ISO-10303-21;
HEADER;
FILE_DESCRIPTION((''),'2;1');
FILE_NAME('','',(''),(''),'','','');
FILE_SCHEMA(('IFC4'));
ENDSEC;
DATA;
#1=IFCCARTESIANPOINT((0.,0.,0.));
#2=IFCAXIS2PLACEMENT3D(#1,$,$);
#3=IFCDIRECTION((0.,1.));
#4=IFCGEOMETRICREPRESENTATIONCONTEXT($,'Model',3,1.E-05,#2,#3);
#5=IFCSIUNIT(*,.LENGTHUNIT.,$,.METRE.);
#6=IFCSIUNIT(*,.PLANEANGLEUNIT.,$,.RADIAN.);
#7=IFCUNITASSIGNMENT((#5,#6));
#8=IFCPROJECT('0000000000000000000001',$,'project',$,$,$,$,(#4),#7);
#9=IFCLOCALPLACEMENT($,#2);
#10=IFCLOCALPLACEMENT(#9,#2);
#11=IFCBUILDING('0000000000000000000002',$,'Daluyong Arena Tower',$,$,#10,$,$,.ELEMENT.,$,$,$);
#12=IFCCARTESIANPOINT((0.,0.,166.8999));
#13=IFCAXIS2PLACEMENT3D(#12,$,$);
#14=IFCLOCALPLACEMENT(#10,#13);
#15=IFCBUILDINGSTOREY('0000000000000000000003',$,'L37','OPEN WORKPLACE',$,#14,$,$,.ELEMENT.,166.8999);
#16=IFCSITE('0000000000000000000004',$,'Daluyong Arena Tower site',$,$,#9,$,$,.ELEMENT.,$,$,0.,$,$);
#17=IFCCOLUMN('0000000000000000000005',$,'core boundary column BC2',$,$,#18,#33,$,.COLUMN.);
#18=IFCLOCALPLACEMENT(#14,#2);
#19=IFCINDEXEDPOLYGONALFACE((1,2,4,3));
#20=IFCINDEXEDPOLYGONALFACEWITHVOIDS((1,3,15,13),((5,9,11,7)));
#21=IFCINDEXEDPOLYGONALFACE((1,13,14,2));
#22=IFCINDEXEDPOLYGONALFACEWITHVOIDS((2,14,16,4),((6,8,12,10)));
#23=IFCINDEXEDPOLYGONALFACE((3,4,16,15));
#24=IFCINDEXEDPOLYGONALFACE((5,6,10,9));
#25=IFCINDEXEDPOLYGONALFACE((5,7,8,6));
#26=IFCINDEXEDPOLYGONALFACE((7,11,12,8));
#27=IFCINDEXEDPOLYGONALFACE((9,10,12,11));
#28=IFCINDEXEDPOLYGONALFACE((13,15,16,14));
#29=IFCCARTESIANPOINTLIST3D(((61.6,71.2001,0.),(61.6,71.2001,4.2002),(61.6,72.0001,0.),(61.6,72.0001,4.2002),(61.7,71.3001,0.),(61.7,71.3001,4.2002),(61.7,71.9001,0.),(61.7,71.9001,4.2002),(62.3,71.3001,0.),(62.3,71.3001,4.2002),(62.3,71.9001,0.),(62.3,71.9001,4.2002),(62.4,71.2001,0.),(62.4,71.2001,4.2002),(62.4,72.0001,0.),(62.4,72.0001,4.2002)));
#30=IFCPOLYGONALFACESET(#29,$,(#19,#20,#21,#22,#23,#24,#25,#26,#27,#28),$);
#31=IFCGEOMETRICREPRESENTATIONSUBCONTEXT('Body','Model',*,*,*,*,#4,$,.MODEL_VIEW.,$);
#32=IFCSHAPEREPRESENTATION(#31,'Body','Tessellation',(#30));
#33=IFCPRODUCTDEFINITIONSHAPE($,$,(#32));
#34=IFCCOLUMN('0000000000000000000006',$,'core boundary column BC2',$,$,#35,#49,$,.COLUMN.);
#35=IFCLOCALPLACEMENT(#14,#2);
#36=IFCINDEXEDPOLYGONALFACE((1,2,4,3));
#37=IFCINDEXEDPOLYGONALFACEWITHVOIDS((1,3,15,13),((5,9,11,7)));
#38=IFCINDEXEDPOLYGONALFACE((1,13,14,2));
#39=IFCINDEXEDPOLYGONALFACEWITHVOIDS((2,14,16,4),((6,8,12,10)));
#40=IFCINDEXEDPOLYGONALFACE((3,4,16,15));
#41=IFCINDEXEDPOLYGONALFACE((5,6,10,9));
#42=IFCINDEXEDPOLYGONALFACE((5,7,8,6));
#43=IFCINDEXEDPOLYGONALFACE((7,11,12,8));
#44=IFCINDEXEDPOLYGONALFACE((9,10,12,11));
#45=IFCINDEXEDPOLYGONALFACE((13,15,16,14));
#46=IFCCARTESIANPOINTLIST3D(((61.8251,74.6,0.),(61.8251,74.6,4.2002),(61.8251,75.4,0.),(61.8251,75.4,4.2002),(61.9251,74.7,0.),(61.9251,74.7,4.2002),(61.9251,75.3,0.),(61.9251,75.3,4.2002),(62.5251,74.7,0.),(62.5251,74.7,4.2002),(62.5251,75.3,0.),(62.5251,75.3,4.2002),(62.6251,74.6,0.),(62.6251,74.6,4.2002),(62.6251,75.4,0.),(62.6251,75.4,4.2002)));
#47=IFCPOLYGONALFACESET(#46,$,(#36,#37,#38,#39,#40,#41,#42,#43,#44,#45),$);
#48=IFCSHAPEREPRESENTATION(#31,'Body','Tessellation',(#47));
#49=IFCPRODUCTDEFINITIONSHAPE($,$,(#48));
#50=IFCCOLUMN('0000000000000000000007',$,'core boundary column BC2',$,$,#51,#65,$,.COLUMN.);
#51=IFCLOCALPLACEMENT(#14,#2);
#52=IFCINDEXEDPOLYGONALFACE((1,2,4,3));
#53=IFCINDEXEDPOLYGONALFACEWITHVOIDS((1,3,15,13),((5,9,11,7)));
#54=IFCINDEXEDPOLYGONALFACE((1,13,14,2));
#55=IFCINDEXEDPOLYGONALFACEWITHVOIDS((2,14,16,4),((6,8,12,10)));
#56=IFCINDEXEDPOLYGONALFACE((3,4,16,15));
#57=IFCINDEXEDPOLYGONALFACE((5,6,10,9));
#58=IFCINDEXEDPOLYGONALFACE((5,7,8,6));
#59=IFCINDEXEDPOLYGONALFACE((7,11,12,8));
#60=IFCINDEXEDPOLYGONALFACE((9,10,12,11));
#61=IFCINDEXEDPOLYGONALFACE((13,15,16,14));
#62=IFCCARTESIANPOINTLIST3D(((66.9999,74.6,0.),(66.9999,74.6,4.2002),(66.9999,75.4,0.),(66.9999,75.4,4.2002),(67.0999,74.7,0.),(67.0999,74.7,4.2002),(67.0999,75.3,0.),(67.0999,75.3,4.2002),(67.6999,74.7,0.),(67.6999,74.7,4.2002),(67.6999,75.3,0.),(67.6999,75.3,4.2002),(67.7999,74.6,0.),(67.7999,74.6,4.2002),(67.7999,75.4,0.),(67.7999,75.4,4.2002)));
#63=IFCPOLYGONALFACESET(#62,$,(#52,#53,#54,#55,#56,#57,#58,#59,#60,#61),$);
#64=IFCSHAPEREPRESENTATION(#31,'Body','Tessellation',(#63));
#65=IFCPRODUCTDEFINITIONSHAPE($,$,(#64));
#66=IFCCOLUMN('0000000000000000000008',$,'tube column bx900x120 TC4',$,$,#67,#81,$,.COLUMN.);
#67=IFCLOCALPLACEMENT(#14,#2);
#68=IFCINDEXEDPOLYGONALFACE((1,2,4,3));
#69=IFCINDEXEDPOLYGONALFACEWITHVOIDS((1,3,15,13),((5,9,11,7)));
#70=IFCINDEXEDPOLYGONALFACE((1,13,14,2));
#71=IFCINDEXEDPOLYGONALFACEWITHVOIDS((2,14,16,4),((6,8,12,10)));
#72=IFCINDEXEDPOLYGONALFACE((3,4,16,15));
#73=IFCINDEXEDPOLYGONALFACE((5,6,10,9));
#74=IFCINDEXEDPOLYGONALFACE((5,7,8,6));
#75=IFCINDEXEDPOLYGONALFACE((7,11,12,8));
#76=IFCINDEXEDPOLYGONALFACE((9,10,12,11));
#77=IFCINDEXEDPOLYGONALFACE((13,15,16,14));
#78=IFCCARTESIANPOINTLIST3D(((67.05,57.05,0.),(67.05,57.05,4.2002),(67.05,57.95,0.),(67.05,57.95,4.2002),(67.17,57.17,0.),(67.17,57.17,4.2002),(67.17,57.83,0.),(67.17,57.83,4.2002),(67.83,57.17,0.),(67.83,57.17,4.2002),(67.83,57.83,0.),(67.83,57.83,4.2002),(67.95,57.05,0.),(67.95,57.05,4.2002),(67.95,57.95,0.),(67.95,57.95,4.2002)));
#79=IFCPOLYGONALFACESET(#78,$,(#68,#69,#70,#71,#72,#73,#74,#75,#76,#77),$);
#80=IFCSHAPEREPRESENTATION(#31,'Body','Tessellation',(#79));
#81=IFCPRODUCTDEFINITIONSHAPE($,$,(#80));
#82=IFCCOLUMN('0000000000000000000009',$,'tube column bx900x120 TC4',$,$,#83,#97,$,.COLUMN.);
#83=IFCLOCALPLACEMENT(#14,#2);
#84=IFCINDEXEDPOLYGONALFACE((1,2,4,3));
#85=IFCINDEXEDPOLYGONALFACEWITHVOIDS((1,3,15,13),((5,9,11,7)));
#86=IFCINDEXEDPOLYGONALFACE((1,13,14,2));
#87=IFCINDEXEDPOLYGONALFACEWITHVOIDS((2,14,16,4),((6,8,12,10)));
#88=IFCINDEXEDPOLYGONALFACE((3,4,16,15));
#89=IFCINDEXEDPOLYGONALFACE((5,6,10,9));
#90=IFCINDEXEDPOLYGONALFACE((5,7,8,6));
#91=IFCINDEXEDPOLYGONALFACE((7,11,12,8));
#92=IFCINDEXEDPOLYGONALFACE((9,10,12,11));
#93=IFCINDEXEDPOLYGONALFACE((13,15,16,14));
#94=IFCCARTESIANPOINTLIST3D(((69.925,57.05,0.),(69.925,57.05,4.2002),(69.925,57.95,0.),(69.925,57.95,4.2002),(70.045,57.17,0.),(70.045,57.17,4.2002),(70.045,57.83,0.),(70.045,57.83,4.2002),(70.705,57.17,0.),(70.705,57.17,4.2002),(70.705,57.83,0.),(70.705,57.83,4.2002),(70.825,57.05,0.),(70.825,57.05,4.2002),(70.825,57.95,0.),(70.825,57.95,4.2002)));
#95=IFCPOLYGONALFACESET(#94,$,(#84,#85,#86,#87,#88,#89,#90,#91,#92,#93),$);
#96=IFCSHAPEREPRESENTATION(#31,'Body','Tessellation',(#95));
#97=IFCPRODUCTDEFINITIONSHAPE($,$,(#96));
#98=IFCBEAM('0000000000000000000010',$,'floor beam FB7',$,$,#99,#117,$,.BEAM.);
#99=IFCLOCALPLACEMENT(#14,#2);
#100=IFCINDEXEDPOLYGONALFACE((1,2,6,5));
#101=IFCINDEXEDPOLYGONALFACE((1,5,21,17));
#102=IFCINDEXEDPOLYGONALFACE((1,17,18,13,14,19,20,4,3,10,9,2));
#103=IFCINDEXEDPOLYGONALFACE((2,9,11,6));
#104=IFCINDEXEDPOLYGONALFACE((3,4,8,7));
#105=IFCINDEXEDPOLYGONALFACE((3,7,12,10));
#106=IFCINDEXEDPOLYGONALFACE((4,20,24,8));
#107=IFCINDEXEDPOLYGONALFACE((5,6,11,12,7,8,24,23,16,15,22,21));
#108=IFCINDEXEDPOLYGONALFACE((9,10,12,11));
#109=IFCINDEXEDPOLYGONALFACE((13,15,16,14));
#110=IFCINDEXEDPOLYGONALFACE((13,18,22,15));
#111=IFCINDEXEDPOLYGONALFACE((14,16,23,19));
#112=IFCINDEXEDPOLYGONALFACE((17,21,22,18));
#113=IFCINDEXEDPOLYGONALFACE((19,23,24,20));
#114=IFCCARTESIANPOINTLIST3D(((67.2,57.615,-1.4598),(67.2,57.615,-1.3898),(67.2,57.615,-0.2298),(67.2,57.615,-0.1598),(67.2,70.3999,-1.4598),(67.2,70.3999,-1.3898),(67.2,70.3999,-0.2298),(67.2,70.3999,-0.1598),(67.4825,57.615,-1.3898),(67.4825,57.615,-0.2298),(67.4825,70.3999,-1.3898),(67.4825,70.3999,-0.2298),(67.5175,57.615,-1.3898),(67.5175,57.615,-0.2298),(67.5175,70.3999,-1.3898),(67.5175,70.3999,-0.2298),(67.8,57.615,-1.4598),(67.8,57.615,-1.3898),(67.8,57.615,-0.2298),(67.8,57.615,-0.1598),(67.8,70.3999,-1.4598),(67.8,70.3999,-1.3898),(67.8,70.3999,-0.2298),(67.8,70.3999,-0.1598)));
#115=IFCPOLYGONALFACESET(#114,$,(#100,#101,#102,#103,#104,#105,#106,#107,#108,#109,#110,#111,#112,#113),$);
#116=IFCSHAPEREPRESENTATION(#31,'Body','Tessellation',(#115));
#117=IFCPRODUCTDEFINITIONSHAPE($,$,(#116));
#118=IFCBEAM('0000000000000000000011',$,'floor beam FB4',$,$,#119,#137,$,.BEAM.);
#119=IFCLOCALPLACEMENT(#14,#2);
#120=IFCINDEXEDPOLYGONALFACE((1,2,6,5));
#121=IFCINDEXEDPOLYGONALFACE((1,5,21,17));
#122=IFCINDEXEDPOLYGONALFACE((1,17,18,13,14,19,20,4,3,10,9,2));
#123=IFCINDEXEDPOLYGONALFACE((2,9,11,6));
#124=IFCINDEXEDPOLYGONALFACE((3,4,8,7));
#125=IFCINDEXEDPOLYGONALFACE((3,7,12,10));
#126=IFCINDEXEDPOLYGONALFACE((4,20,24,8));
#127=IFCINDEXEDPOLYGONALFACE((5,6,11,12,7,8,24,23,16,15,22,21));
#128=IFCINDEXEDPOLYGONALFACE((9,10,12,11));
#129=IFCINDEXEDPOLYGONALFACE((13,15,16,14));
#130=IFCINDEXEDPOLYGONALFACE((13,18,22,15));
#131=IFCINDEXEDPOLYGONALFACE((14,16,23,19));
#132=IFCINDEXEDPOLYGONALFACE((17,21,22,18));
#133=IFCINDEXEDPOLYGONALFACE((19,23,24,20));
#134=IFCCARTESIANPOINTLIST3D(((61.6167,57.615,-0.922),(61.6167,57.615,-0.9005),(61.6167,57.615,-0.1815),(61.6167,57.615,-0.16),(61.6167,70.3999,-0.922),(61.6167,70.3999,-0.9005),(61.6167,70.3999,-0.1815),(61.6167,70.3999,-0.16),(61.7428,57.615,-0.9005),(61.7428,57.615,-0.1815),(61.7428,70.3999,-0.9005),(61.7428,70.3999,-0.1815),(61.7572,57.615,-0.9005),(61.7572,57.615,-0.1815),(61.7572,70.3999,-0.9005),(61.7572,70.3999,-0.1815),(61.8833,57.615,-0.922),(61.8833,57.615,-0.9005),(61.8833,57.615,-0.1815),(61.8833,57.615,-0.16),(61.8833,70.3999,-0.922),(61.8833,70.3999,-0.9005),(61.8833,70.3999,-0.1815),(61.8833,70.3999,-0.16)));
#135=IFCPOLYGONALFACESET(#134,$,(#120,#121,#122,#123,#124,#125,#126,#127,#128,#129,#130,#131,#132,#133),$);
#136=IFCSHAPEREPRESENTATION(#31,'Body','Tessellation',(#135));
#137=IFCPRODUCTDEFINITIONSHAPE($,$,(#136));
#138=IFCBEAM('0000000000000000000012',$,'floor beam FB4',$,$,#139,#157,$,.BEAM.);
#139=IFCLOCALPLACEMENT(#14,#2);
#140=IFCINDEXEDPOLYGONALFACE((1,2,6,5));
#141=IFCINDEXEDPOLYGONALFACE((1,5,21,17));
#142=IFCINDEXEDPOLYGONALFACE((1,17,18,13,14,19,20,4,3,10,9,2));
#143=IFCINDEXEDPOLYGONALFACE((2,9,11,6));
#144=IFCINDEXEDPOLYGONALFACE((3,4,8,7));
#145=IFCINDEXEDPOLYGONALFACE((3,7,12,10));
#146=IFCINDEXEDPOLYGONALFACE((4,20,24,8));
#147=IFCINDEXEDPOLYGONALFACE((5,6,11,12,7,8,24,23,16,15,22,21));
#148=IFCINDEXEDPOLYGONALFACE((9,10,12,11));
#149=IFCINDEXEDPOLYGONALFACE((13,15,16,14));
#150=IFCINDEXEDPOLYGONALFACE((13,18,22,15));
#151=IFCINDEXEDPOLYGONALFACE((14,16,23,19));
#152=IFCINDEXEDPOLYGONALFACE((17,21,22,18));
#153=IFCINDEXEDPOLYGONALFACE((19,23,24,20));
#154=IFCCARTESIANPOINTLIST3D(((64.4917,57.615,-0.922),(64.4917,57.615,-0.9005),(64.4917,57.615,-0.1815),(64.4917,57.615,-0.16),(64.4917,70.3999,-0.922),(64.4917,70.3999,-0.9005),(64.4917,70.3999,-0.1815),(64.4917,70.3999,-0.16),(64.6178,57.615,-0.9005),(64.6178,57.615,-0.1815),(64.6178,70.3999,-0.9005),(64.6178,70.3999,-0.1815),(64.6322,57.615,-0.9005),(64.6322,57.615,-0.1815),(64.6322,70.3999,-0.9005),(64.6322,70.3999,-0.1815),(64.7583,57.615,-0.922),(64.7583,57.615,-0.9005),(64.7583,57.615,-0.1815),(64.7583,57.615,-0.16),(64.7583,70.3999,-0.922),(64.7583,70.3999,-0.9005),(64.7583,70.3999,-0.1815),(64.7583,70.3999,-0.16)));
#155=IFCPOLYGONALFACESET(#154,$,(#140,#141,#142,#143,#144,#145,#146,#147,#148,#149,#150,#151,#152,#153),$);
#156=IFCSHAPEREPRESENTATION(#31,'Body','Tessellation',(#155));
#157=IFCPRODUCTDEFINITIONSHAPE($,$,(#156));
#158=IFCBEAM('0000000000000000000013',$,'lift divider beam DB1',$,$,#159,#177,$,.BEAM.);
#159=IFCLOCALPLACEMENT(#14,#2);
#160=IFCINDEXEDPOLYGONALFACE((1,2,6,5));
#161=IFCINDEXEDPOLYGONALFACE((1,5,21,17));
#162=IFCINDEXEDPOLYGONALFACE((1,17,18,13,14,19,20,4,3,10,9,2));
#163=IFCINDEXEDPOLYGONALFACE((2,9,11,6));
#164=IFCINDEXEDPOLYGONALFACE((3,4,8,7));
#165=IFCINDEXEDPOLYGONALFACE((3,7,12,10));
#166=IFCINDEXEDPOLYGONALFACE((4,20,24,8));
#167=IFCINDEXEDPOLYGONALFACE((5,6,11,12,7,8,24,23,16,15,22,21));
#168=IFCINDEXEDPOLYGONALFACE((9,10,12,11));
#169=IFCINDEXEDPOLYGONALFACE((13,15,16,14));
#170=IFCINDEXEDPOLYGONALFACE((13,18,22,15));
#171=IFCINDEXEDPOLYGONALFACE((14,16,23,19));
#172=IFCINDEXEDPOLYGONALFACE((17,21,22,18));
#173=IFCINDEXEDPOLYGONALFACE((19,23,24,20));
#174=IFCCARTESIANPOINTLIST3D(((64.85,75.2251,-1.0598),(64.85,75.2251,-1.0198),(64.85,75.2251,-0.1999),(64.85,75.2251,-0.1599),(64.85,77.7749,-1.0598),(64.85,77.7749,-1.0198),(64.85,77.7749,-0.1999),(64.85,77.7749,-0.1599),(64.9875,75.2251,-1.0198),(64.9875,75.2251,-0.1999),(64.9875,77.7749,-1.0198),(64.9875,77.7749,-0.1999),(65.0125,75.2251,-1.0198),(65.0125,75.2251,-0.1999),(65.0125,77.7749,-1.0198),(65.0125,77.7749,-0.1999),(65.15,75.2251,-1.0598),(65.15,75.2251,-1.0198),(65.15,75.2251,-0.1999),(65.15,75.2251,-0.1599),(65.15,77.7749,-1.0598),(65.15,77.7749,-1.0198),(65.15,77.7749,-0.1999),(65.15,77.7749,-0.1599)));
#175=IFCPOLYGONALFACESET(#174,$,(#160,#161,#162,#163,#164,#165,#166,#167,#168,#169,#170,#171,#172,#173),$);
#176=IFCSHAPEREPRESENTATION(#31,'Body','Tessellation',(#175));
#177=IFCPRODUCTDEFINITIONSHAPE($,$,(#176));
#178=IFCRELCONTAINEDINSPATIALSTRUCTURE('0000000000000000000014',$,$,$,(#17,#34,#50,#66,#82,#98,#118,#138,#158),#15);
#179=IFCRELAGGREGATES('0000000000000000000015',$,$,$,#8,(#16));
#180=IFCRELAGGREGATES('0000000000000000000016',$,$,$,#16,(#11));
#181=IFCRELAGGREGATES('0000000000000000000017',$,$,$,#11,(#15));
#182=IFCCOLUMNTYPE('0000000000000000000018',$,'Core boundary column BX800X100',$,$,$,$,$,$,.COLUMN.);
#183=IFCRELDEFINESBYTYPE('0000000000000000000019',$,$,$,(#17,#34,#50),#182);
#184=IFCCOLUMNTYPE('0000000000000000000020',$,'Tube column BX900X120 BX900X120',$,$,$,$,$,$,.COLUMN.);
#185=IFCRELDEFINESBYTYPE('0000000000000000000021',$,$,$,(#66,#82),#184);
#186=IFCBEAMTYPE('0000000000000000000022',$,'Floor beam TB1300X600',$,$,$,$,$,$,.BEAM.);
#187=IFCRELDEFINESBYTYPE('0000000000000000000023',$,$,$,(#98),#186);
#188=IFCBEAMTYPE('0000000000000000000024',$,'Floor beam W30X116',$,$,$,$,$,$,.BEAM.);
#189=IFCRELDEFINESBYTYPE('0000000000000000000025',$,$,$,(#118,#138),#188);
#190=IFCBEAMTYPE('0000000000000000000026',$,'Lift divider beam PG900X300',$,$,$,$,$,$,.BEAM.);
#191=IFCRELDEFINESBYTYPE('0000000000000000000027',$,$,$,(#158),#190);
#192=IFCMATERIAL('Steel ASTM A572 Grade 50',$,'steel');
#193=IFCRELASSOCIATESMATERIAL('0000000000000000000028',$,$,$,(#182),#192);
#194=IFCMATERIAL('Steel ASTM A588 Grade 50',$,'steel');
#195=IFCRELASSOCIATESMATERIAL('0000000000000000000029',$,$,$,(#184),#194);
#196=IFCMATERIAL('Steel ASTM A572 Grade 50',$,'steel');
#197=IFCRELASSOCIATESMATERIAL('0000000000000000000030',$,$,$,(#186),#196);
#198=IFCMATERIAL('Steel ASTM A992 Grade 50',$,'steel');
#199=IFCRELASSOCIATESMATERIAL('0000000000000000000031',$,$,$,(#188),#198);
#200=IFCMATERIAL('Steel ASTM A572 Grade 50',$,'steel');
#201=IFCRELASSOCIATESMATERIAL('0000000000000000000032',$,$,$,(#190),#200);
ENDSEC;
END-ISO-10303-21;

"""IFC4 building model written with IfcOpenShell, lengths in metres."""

from ifc_helpers import new_model, si_unit, direction, frame, origin, origin_2d, place, context, subcontext, project, spatial, hollow_rectangle, i_section, extrude, material, material_profile, profile_set, type_object, element, save


model = new_model("IFC4")

# Units and contexts
model_context = context("Model", 3, precision=1e-05, world=origin(), true_north=direction((0.0, 1.0)))
body_context = subcontext(model_context, "Body", "Model", "MODEL_VIEW")
ifc_project = project(units=[si_unit("LENGTHUNIT", "METRE"), si_unit("PLANEANGLEUNIT", "RADIAN")], contexts=[model_context])

# Site, building, storey
site_placement = place(None, origin())
site = spatial("IfcSite", under=ifc_project, at=site_placement, Name="Daluyong Arena Tower site", CompositionType="ELEMENT", RefElevation=0.0)
building_placement = place(site_placement, origin())
building = spatial("IfcBuilding", under=site, at=building_placement, Name="Daluyong Arena Tower", CompositionType="ELEMENT")
storey_placement = place(building_placement, frame((0.0, 0.0, 166.8999)))
storey = spatial("IfcBuildingStorey", under=building, at=storey_placement, Name="L37", Description="OPEN WORKPLACE", CompositionType="ELEMENT", Elevation=166.8999)

# Columns
ifc_material_1 = material(Name="Steel ASTM A572 Grade 50", Category="steel")
ifc_material_profile_1 = material_profile(ifc_material_1, hollow_rectangle(XDim=0.8, YDim=0.8, WallThickness=0.1, at=origin_2d()))
ifc_profile_set_1 = profile_set([ifc_material_profile_1], Name="Steel ASTM A572 Grade 50")
column_type_1 = type_object("IfcColumnType", Name="Core boundary column BX800X100", PredefinedType="COLUMN", material=ifc_profile_set_1)
for number, where, z_axis, x_axis, name in (
    (1, (62.0, 71.6001, 0.0), (0.0, 0.0, 1.0), (1.0, 0.0, 0.0), "core boundary column BC2"),
    (2, (62.2251, 75.0, 0.0), (0.0, 0.0, 1.0), (1.0, 0.0, 0.0), "core boundary column BC2"),
    (3, (67.3999, 75.0, 0.0), (0.0, 0.0, 1.0), (1.0, 0.0, 0.0), "core boundary column BC2"),
):
    element("IfcColumn", number, at=place(storey_placement, frame(where, z_axis=z_axis, x_axis=x_axis)), inside=storey, type_object=column_type_1, Name=name, PredefinedType="COLUMN", context=body_context, shape_type="SweptSolid", body=[
        extrude(hollow_rectangle(XDim=0.8, YDim=0.8, WallThickness=0.1, at=origin_2d()), origin(), (0.0, 0.0, 1.0), 4.2002),
    ])
ifc_material_2 = material(Name="Steel ASTM A588 Grade 50", Category="steel")
ifc_material_profile_2 = material_profile(ifc_material_2, hollow_rectangle(XDim=0.8999, YDim=0.8999, WallThickness=0.12, at=origin_2d()))
ifc_profile_set_2 = profile_set([ifc_material_profile_2], Name="Steel ASTM A588 Grade 50")
column_type_2 = type_object("IfcColumnType", Name="Tube column BX900X120 BX900X120", PredefinedType="COLUMN", material=ifc_profile_set_2)
for number, where, z_axis, x_axis, name in (
    (4, (67.5, 57.5, 0.0), (0.0, 0.0, 1.0), (1.0, 0.0, 0.0), "tube column bx900x120 TC4"),
    (5, (70.375, 57.5, 0.0), (0.0, 0.0, 1.0), (1.0, 0.0, 0.0), "tube column bx900x120 TC4"),
):
    element("IfcColumn", number, at=place(storey_placement, frame(where, z_axis=z_axis, x_axis=x_axis)), inside=storey, type_object=column_type_2, Name=name, PredefinedType="COLUMN", context=body_context, shape_type="SweptSolid", body=[
        extrude(hollow_rectangle(XDim=0.8999, YDim=0.8999, WallThickness=0.12, at=origin_2d()), origin(), (0.0, 0.0, 1.0), 4.2002),
    ])

# Beams
ifc_material_3 = material(Name="Steel ASTM A572 Grade 50", Category="steel")
ifc_material_profile_3 = material_profile(ifc_material_3, i_section(OverallWidth=0.6001, OverallDepth=1.3, WebThickness=0.035, FlangeThickness=0.07, at=origin_2d()))
ifc_profile_set_3 = profile_set([ifc_material_profile_3], Name="Steel ASTM A572 Grade 50")
beam_type_1 = type_object("IfcBeamType", Name="Floor beam TB1300X600", PredefinedType="BEAM", material=ifc_profile_set_3)
beam_1_placement = place(storey_placement, frame((67.5, 57.615, -0.8098), z_axis=(0.0, 1.0, 0.0), x_axis=(-1.0, 0.0, 0.0)))
element("IfcBeam", 6, at=beam_1_placement, inside=storey, type_object=beam_type_1, Name="floor beam FB7", PredefinedType="BEAM", context=body_context, shape_type="SweptSolid", body=[
    extrude(i_section(OverallWidth=0.6001, OverallDepth=1.3, WebThickness=0.035, FlangeThickness=0.07, at=origin_2d()), origin(), (0.0, 0.0, 1.0), 12.7849),
])
ifc_material_4 = material(Name="Steel ASTM A992 Grade 50", Category="steel")
ifc_material_profile_4 = material_profile(ifc_material_4, i_section(OverallWidth=0.2666, OverallDepth=0.762, WebThickness=0.0144, FlangeThickness=0.0215, at=origin_2d()))
ifc_profile_set_4 = profile_set([ifc_material_profile_4], Name="Steel ASTM A992 Grade 50")
beam_type_2 = type_object("IfcBeamType", Name="Floor beam W30X116", PredefinedType="BEAM", material=ifc_profile_set_4)
for number, where, z_axis, x_axis, name in (
    (7, (61.75, 57.615, -0.541), (0.0, 1.0, 0.0), (-1.0, 0.0, 0.0), "floor beam FB4"),
    (8, (64.625, 57.615, -0.541), (0.0, 1.0, 0.0), (-1.0, 0.0, 0.0), "floor beam FB4"),
):
    element("IfcBeam", number, at=place(storey_placement, frame(where, z_axis=z_axis, x_axis=x_axis)), inside=storey, type_object=beam_type_2, Name=name, PredefinedType="BEAM", context=body_context, shape_type="SweptSolid", body=[
        extrude(i_section(OverallWidth=0.2666, OverallDepth=0.762, WebThickness=0.0144, FlangeThickness=0.0215, at=origin_2d()), origin(), (0.0, 0.0, 1.0), 12.7849),
    ])
ifc_material_5 = material(Name="Steel ASTM A572 Grade 50", Category="steel")
ifc_material_profile_5 = material_profile(ifc_material_5, i_section(OverallWidth=0.3, OverallDepth=0.8999, WebThickness=0.025, FlangeThickness=0.04, at=origin_2d()))
ifc_profile_set_5 = profile_set([ifc_material_profile_5], Name="Steel ASTM A572 Grade 50")
beam_type_3 = type_object("IfcBeamType", Name="Lift divider beam PG900X300", PredefinedType="BEAM", material=ifc_profile_set_5)
beam_2_placement = place(storey_placement, frame((65.0, 75.2251, -0.6099), z_axis=(0.0, 1.0, 0.0), x_axis=(-1.0, 0.0, 0.0)))
element("IfcBeam", 9, at=beam_2_placement, inside=storey, type_object=beam_type_3, Name="lift divider beam DB1", PredefinedType="BEAM", context=body_context, shape_type="SweptSolid", body=[
    extrude(i_section(OverallWidth=0.3, OverallDepth=0.8999, WebThickness=0.025, FlangeThickness=0.04, at=origin_2d()), origin(), (0.0, 0.0, 1.0), 2.5498),
])

save(model, "model.ifc")
